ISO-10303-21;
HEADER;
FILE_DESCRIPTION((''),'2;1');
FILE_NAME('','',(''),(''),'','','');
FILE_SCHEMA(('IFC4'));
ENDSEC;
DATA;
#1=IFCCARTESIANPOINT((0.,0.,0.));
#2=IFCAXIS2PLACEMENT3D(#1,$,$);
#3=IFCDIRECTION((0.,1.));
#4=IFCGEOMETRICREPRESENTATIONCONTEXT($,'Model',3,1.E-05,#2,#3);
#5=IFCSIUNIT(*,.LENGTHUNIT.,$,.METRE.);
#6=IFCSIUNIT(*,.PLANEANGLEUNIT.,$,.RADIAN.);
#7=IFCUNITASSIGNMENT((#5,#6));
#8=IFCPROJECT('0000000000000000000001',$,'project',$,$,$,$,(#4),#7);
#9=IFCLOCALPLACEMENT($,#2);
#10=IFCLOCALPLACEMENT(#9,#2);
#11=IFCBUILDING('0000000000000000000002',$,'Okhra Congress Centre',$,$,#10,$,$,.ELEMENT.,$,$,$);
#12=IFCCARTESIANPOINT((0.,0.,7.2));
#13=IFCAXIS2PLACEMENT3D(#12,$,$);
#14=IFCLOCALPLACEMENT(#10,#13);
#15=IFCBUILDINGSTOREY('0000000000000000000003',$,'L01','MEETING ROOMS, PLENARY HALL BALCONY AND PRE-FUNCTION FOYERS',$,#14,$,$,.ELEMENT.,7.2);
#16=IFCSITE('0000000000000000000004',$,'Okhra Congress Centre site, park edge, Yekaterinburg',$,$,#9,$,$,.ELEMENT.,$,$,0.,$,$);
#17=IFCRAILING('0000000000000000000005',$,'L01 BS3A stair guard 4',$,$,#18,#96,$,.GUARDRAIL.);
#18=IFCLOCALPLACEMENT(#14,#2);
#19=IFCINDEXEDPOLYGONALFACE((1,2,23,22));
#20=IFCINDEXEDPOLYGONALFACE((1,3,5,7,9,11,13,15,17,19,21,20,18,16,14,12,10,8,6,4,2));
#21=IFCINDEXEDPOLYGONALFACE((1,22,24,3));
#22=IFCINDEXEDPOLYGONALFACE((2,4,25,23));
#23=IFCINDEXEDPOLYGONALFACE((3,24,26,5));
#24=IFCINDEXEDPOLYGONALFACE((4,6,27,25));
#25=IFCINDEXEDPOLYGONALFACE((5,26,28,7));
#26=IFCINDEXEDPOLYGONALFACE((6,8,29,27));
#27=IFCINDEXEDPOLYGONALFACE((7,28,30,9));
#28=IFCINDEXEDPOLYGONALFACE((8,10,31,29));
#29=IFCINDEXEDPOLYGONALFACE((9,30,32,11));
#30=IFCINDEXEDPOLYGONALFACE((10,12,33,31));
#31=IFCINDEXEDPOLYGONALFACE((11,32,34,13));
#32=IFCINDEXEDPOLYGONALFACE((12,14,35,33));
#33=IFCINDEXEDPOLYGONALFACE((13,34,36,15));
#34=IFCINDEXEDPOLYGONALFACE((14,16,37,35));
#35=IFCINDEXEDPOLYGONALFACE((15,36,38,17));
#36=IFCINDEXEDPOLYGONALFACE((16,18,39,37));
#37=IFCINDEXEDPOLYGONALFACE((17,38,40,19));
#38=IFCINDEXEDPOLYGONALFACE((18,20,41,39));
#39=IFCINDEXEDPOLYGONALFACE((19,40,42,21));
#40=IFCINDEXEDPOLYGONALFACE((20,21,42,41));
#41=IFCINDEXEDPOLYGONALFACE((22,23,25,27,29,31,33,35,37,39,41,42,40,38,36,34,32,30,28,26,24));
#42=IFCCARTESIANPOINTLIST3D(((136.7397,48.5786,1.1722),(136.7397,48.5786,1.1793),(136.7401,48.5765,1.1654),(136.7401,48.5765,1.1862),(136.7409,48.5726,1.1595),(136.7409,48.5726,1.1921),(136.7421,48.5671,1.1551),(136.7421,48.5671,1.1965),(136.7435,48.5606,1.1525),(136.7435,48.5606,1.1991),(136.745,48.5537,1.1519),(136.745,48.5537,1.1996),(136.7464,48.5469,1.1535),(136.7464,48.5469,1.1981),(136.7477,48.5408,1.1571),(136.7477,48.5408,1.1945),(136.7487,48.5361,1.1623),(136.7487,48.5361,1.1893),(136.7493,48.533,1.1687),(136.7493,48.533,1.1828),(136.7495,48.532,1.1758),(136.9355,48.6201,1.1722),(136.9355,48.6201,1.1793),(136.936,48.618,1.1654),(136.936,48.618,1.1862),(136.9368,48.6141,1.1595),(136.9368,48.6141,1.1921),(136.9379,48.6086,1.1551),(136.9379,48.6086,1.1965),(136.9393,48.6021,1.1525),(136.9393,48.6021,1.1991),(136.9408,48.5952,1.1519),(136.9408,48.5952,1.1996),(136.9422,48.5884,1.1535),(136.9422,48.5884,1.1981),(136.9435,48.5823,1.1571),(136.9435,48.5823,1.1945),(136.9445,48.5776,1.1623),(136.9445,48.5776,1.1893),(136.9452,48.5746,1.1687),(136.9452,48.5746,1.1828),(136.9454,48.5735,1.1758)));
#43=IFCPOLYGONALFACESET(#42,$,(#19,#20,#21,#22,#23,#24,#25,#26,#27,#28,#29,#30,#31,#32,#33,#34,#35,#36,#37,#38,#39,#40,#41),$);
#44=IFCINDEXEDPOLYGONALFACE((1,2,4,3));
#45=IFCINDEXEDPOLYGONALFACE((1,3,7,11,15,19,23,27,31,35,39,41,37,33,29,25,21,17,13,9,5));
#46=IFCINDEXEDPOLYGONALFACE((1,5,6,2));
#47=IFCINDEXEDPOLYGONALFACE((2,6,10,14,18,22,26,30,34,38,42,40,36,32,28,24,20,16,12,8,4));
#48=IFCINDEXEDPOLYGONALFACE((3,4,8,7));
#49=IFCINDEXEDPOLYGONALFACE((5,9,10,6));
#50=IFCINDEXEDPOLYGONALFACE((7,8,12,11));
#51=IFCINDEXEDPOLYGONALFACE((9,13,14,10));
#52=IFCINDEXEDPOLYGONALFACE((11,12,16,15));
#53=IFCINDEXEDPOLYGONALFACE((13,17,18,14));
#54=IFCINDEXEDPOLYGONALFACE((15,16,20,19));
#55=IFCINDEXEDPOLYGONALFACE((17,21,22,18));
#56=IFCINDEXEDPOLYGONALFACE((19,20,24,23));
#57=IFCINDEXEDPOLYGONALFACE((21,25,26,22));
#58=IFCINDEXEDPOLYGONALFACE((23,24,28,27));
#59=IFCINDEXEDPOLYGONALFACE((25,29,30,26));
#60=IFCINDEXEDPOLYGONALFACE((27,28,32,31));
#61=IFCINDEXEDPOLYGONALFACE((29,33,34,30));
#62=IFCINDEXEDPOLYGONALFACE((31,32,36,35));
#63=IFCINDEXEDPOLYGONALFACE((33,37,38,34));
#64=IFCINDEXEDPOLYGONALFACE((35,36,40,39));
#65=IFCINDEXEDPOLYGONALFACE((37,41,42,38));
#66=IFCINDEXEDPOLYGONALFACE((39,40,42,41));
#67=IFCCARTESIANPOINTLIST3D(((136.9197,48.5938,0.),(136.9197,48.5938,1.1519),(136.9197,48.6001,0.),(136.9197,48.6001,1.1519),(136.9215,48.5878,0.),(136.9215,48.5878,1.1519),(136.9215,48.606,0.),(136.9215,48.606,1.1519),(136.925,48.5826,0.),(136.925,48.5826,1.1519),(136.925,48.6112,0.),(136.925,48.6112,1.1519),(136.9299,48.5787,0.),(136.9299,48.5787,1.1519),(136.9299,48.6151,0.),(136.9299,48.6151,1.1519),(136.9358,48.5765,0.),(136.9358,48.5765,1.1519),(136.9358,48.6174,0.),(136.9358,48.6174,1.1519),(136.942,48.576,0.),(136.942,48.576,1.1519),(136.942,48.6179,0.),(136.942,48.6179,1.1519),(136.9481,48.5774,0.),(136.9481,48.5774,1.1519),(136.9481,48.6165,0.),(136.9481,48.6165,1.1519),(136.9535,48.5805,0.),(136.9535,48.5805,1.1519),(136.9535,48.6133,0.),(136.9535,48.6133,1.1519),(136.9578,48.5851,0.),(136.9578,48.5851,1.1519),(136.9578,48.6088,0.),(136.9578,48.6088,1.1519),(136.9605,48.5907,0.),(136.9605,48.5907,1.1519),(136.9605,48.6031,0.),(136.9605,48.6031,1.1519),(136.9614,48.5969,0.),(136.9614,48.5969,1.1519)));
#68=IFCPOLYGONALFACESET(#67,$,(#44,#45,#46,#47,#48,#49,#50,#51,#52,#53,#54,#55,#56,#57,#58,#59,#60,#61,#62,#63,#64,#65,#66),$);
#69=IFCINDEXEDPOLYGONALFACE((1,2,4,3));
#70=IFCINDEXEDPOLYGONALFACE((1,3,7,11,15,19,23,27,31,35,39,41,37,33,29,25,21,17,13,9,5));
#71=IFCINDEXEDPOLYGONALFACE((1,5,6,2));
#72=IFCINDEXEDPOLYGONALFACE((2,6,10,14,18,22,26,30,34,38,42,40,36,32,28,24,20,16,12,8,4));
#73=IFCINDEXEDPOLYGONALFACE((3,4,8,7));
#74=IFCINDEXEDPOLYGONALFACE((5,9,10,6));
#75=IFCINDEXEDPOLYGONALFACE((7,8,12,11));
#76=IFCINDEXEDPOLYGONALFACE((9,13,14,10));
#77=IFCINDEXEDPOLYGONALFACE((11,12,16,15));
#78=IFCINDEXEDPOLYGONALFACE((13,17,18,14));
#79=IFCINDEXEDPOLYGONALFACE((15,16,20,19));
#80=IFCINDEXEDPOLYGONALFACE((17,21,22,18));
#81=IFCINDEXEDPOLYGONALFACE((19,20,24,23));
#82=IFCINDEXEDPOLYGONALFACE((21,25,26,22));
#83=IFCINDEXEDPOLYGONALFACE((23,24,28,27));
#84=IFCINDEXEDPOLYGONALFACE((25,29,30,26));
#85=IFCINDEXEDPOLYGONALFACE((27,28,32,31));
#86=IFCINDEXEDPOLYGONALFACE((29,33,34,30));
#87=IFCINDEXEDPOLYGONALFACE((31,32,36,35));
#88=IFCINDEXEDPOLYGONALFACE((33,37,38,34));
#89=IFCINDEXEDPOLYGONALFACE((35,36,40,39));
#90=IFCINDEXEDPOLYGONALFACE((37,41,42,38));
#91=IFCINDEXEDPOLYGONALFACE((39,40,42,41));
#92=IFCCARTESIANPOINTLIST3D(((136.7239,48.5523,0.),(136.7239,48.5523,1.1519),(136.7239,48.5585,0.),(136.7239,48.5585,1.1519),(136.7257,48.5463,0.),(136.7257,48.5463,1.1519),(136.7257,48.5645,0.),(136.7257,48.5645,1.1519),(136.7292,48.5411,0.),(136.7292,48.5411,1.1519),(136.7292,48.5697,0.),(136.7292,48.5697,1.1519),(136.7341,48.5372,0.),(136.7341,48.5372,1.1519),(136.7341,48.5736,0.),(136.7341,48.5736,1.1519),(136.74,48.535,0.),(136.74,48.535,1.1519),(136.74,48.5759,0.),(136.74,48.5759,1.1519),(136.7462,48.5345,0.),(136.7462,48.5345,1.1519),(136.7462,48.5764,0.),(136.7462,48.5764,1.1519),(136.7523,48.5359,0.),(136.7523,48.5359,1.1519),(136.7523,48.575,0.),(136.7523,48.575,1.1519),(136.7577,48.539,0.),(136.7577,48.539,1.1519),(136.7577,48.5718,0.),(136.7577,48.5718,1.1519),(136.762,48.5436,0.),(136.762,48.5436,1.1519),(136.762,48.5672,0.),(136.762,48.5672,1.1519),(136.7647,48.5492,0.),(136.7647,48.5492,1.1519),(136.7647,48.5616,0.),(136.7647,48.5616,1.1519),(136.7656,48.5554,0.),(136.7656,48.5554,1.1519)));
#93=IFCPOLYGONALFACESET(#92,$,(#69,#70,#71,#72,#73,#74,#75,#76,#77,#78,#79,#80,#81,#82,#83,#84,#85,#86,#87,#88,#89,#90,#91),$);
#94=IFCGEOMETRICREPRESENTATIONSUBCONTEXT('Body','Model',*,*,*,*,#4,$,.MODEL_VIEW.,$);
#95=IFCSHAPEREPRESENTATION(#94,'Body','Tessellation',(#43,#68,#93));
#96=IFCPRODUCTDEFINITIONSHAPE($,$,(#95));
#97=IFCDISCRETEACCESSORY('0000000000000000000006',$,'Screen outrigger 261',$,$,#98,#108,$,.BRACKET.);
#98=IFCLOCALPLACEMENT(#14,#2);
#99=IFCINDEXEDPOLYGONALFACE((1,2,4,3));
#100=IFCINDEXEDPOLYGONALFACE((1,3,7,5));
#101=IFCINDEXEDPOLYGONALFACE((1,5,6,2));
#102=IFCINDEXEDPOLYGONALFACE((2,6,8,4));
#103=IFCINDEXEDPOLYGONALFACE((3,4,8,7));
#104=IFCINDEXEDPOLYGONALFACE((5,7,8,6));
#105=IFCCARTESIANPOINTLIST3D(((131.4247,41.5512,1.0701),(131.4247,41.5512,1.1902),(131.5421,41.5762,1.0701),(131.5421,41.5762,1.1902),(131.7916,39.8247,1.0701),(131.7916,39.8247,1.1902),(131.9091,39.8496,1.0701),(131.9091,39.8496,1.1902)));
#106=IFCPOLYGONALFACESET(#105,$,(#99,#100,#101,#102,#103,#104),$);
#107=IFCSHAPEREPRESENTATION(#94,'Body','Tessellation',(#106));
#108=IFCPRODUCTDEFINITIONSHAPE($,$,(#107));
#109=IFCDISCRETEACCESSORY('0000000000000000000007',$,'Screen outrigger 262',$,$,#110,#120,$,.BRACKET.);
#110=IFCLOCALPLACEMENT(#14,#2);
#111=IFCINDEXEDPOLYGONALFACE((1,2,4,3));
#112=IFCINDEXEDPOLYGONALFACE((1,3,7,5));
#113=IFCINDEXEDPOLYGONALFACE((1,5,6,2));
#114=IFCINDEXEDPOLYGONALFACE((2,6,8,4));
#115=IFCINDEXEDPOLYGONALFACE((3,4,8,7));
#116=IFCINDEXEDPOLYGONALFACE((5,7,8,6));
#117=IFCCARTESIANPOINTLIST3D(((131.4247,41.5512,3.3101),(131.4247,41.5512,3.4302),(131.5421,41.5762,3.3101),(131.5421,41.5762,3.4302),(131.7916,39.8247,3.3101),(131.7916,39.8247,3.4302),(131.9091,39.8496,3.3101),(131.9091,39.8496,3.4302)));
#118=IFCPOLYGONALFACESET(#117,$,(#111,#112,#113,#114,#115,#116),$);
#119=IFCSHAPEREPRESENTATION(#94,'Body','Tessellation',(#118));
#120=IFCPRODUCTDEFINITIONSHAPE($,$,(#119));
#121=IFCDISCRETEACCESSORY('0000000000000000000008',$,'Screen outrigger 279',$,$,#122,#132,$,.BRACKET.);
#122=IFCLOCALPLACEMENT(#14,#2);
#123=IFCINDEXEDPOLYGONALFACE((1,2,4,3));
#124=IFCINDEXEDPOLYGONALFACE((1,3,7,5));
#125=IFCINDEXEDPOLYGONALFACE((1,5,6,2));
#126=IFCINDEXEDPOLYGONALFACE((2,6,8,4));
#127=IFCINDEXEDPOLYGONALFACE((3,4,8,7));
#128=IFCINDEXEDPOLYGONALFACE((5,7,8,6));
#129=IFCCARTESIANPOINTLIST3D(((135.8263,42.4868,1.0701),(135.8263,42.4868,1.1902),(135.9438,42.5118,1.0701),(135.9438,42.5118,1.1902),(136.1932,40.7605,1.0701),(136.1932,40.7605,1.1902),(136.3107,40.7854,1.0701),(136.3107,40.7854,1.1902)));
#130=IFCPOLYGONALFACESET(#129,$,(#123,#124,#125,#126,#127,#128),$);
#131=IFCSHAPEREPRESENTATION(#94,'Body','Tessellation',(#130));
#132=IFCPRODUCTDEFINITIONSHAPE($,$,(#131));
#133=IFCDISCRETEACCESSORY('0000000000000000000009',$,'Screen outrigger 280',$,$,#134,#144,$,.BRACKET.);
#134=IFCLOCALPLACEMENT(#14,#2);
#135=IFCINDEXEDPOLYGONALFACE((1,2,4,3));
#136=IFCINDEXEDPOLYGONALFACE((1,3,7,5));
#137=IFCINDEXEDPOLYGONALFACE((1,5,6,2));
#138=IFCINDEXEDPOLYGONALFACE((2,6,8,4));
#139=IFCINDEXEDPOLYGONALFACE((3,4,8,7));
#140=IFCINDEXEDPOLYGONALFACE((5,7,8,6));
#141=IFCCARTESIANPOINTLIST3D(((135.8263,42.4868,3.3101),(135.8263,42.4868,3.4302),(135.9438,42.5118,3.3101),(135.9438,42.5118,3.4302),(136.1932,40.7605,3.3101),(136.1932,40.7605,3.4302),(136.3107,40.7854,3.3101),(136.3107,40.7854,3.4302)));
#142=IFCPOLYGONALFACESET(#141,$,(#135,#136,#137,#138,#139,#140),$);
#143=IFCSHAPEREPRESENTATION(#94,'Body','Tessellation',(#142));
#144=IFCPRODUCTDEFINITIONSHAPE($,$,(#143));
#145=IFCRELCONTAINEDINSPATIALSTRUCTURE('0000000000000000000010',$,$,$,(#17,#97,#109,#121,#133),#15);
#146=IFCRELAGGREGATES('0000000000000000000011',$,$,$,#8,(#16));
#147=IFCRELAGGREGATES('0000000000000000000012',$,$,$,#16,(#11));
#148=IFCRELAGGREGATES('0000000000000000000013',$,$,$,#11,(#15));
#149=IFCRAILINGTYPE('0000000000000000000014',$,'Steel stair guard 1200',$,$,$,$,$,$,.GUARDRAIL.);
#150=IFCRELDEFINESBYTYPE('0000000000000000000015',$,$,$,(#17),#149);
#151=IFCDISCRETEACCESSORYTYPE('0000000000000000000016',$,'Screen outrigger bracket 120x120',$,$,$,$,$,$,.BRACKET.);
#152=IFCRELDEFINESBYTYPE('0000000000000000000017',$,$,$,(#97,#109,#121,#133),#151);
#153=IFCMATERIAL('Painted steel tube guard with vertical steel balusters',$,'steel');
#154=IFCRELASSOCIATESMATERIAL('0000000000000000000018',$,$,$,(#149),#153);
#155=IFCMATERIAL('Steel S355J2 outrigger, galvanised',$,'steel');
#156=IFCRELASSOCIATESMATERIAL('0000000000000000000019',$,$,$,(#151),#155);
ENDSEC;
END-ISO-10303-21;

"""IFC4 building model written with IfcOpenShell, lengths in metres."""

from ifc_helpers import new_model, si_unit, direction, frame, origin, origin_2d, place, context, subcontext, project, spatial, rectangle, circle, extrude, material, material_profile, profile_set, type_object, element, save


model = new_model("IFC4")

# Units and contexts
model_context = context("Model", 3, precision=1e-05, world=origin(), true_north=direction((0.0, 1.0)))
body_context = subcontext(model_context, "Body", "Model", "MODEL_VIEW")
ifc_project = project(units=[si_unit("LENGTHUNIT", "METRE"), si_unit("PLANEANGLEUNIT", "RADIAN")], contexts=[model_context])

# Site, building, storey
site_placement = place(None, origin())
site = spatial("IfcSite", under=ifc_project, at=site_placement, Name="Okhra Congress Centre site, park edge, Yekaterinburg", CompositionType="ELEMENT", RefElevation=0.0)
building_placement = place(site_placement, origin())
building = spatial("IfcBuilding", under=site, at=building_placement, Name="Okhra Congress Centre", CompositionType="ELEMENT")
storey_placement = place(building_placement, frame((0.0, 0.0, 7.2)))
storey = spatial("IfcBuildingStorey", under=building, at=storey_placement, Name="L01", Description="MEETING ROOMS, PLENARY HALL BALCONY AND PRE-FUNCTION FOYERS", CompositionType="ELEMENT", Elevation=7.2)

# Railing
ifc_material_1 = material(Name="Painted steel tube guard with vertical steel balusters", Category="steel")
railing_type = type_object("IfcRailingType", Name="Steel stair guard 1200", PredefinedType="GUARDRAIL", material=ifc_material_1)
railing_1_placement = place(storey_placement, frame((136.9404, 48.5969, 0.0)))
element("IfcRailing", 1, at=railing_1_placement, inside=storey, type_object=railing_type, Name="L01 BS3A stair guard 4", PredefinedType="GUARDRAIL", context=body_context, shape_type="SweptSolid", body=[
    extrude(circle(Radius=0.0239, at=origin_2d()), frame((0.0, 0.0, 1.1758), z_axis=(-0.978264, -0.207363, 0.0), x_axis=(0.207363, -0.978264, 0.0)), (0.0, 0.0, 1.0), 0.2002),
    extrude(circle(Radius=0.021, at=origin_2d()), origin(), (0.0, 0.0, 1.0), 1.1519),
    extrude(circle(Radius=0.021, at=origin_2d()), frame((-0.1958, -0.0415, 0.0)), (0.0, 0.0, 1.0), 1.1519),
])

# Discrete accessories
ifc_material_2 = material(Name="Steel S355J2 outrigger, galvanised", Category="steel")
ifc_material_profile_1 = material_profile(ifc_material_2, rectangle(XDim=0.1201, YDim=0.1201, at=origin_2d()), Name="Screen outrigger bracket 120x120")
ifc_profile_set_1 = profile_set([ifc_material_profile_1], Name="Steel S355J2 outrigger, galvanised")
discrete_accessory_type = type_object("IfcDiscreteAccessoryType", Name="Screen outrigger bracket 120x120", PredefinedType="BRACKET", material=ifc_profile_set_1)
for number, where, z_axis, x_axis, name in (
    (2, (131.4834, 41.5637, 1.1301), (0.207885, -0.978153, 0.0), (0.978153, 0.207885, 0.0), "Screen outrigger 261"),
    (3, (131.4834, 41.5637, 3.3701), (0.207885, -0.978153, 0.0), (0.978153, 0.207885, 0.0), "Screen outrigger 262"),
):
    element("IfcDiscreteAccessory", number, at=place(storey_placement, frame(where, z_axis=z_axis, x_axis=x_axis)), inside=storey, type_object=discrete_accessory_type, Name=name, PredefinedType="BRACKET", context=body_context, shape_type="SweptSolid", body=[
        extrude(rectangle(XDim=0.1201, YDim=0.1201, at=origin_2d()), origin(), (0.0, 0.0, 1.0), 1.7651),
    ])
for number, where, z_axis, x_axis, name in (
    (4, (135.885, 42.4993, 1.1301), (0.207913, -0.978147, 0.0), (0.978147, 0.207913, 0.0), "Screen outrigger 279"),
    (5, (135.885, 42.4993, 3.3701), (0.207913, -0.978147, 0.0), (0.978147, 0.207913, 0.0), "Screen outrigger 280"),
):
    element("IfcDiscreteAccessory", number, at=place(storey_placement, frame(where, z_axis=z_axis, x_axis=x_axis)), inside=storey, type_object=discrete_accessory_type, Name=name, PredefinedType="BRACKET", context=body_context, shape_type="SweptSolid", body=[
        extrude(rectangle(XDim=0.1201, YDim=0.1201, at=origin_2d()), origin(), (0.0, 0.0, 1.0), 1.7649),
    ])

save(model, "model.ifc")
